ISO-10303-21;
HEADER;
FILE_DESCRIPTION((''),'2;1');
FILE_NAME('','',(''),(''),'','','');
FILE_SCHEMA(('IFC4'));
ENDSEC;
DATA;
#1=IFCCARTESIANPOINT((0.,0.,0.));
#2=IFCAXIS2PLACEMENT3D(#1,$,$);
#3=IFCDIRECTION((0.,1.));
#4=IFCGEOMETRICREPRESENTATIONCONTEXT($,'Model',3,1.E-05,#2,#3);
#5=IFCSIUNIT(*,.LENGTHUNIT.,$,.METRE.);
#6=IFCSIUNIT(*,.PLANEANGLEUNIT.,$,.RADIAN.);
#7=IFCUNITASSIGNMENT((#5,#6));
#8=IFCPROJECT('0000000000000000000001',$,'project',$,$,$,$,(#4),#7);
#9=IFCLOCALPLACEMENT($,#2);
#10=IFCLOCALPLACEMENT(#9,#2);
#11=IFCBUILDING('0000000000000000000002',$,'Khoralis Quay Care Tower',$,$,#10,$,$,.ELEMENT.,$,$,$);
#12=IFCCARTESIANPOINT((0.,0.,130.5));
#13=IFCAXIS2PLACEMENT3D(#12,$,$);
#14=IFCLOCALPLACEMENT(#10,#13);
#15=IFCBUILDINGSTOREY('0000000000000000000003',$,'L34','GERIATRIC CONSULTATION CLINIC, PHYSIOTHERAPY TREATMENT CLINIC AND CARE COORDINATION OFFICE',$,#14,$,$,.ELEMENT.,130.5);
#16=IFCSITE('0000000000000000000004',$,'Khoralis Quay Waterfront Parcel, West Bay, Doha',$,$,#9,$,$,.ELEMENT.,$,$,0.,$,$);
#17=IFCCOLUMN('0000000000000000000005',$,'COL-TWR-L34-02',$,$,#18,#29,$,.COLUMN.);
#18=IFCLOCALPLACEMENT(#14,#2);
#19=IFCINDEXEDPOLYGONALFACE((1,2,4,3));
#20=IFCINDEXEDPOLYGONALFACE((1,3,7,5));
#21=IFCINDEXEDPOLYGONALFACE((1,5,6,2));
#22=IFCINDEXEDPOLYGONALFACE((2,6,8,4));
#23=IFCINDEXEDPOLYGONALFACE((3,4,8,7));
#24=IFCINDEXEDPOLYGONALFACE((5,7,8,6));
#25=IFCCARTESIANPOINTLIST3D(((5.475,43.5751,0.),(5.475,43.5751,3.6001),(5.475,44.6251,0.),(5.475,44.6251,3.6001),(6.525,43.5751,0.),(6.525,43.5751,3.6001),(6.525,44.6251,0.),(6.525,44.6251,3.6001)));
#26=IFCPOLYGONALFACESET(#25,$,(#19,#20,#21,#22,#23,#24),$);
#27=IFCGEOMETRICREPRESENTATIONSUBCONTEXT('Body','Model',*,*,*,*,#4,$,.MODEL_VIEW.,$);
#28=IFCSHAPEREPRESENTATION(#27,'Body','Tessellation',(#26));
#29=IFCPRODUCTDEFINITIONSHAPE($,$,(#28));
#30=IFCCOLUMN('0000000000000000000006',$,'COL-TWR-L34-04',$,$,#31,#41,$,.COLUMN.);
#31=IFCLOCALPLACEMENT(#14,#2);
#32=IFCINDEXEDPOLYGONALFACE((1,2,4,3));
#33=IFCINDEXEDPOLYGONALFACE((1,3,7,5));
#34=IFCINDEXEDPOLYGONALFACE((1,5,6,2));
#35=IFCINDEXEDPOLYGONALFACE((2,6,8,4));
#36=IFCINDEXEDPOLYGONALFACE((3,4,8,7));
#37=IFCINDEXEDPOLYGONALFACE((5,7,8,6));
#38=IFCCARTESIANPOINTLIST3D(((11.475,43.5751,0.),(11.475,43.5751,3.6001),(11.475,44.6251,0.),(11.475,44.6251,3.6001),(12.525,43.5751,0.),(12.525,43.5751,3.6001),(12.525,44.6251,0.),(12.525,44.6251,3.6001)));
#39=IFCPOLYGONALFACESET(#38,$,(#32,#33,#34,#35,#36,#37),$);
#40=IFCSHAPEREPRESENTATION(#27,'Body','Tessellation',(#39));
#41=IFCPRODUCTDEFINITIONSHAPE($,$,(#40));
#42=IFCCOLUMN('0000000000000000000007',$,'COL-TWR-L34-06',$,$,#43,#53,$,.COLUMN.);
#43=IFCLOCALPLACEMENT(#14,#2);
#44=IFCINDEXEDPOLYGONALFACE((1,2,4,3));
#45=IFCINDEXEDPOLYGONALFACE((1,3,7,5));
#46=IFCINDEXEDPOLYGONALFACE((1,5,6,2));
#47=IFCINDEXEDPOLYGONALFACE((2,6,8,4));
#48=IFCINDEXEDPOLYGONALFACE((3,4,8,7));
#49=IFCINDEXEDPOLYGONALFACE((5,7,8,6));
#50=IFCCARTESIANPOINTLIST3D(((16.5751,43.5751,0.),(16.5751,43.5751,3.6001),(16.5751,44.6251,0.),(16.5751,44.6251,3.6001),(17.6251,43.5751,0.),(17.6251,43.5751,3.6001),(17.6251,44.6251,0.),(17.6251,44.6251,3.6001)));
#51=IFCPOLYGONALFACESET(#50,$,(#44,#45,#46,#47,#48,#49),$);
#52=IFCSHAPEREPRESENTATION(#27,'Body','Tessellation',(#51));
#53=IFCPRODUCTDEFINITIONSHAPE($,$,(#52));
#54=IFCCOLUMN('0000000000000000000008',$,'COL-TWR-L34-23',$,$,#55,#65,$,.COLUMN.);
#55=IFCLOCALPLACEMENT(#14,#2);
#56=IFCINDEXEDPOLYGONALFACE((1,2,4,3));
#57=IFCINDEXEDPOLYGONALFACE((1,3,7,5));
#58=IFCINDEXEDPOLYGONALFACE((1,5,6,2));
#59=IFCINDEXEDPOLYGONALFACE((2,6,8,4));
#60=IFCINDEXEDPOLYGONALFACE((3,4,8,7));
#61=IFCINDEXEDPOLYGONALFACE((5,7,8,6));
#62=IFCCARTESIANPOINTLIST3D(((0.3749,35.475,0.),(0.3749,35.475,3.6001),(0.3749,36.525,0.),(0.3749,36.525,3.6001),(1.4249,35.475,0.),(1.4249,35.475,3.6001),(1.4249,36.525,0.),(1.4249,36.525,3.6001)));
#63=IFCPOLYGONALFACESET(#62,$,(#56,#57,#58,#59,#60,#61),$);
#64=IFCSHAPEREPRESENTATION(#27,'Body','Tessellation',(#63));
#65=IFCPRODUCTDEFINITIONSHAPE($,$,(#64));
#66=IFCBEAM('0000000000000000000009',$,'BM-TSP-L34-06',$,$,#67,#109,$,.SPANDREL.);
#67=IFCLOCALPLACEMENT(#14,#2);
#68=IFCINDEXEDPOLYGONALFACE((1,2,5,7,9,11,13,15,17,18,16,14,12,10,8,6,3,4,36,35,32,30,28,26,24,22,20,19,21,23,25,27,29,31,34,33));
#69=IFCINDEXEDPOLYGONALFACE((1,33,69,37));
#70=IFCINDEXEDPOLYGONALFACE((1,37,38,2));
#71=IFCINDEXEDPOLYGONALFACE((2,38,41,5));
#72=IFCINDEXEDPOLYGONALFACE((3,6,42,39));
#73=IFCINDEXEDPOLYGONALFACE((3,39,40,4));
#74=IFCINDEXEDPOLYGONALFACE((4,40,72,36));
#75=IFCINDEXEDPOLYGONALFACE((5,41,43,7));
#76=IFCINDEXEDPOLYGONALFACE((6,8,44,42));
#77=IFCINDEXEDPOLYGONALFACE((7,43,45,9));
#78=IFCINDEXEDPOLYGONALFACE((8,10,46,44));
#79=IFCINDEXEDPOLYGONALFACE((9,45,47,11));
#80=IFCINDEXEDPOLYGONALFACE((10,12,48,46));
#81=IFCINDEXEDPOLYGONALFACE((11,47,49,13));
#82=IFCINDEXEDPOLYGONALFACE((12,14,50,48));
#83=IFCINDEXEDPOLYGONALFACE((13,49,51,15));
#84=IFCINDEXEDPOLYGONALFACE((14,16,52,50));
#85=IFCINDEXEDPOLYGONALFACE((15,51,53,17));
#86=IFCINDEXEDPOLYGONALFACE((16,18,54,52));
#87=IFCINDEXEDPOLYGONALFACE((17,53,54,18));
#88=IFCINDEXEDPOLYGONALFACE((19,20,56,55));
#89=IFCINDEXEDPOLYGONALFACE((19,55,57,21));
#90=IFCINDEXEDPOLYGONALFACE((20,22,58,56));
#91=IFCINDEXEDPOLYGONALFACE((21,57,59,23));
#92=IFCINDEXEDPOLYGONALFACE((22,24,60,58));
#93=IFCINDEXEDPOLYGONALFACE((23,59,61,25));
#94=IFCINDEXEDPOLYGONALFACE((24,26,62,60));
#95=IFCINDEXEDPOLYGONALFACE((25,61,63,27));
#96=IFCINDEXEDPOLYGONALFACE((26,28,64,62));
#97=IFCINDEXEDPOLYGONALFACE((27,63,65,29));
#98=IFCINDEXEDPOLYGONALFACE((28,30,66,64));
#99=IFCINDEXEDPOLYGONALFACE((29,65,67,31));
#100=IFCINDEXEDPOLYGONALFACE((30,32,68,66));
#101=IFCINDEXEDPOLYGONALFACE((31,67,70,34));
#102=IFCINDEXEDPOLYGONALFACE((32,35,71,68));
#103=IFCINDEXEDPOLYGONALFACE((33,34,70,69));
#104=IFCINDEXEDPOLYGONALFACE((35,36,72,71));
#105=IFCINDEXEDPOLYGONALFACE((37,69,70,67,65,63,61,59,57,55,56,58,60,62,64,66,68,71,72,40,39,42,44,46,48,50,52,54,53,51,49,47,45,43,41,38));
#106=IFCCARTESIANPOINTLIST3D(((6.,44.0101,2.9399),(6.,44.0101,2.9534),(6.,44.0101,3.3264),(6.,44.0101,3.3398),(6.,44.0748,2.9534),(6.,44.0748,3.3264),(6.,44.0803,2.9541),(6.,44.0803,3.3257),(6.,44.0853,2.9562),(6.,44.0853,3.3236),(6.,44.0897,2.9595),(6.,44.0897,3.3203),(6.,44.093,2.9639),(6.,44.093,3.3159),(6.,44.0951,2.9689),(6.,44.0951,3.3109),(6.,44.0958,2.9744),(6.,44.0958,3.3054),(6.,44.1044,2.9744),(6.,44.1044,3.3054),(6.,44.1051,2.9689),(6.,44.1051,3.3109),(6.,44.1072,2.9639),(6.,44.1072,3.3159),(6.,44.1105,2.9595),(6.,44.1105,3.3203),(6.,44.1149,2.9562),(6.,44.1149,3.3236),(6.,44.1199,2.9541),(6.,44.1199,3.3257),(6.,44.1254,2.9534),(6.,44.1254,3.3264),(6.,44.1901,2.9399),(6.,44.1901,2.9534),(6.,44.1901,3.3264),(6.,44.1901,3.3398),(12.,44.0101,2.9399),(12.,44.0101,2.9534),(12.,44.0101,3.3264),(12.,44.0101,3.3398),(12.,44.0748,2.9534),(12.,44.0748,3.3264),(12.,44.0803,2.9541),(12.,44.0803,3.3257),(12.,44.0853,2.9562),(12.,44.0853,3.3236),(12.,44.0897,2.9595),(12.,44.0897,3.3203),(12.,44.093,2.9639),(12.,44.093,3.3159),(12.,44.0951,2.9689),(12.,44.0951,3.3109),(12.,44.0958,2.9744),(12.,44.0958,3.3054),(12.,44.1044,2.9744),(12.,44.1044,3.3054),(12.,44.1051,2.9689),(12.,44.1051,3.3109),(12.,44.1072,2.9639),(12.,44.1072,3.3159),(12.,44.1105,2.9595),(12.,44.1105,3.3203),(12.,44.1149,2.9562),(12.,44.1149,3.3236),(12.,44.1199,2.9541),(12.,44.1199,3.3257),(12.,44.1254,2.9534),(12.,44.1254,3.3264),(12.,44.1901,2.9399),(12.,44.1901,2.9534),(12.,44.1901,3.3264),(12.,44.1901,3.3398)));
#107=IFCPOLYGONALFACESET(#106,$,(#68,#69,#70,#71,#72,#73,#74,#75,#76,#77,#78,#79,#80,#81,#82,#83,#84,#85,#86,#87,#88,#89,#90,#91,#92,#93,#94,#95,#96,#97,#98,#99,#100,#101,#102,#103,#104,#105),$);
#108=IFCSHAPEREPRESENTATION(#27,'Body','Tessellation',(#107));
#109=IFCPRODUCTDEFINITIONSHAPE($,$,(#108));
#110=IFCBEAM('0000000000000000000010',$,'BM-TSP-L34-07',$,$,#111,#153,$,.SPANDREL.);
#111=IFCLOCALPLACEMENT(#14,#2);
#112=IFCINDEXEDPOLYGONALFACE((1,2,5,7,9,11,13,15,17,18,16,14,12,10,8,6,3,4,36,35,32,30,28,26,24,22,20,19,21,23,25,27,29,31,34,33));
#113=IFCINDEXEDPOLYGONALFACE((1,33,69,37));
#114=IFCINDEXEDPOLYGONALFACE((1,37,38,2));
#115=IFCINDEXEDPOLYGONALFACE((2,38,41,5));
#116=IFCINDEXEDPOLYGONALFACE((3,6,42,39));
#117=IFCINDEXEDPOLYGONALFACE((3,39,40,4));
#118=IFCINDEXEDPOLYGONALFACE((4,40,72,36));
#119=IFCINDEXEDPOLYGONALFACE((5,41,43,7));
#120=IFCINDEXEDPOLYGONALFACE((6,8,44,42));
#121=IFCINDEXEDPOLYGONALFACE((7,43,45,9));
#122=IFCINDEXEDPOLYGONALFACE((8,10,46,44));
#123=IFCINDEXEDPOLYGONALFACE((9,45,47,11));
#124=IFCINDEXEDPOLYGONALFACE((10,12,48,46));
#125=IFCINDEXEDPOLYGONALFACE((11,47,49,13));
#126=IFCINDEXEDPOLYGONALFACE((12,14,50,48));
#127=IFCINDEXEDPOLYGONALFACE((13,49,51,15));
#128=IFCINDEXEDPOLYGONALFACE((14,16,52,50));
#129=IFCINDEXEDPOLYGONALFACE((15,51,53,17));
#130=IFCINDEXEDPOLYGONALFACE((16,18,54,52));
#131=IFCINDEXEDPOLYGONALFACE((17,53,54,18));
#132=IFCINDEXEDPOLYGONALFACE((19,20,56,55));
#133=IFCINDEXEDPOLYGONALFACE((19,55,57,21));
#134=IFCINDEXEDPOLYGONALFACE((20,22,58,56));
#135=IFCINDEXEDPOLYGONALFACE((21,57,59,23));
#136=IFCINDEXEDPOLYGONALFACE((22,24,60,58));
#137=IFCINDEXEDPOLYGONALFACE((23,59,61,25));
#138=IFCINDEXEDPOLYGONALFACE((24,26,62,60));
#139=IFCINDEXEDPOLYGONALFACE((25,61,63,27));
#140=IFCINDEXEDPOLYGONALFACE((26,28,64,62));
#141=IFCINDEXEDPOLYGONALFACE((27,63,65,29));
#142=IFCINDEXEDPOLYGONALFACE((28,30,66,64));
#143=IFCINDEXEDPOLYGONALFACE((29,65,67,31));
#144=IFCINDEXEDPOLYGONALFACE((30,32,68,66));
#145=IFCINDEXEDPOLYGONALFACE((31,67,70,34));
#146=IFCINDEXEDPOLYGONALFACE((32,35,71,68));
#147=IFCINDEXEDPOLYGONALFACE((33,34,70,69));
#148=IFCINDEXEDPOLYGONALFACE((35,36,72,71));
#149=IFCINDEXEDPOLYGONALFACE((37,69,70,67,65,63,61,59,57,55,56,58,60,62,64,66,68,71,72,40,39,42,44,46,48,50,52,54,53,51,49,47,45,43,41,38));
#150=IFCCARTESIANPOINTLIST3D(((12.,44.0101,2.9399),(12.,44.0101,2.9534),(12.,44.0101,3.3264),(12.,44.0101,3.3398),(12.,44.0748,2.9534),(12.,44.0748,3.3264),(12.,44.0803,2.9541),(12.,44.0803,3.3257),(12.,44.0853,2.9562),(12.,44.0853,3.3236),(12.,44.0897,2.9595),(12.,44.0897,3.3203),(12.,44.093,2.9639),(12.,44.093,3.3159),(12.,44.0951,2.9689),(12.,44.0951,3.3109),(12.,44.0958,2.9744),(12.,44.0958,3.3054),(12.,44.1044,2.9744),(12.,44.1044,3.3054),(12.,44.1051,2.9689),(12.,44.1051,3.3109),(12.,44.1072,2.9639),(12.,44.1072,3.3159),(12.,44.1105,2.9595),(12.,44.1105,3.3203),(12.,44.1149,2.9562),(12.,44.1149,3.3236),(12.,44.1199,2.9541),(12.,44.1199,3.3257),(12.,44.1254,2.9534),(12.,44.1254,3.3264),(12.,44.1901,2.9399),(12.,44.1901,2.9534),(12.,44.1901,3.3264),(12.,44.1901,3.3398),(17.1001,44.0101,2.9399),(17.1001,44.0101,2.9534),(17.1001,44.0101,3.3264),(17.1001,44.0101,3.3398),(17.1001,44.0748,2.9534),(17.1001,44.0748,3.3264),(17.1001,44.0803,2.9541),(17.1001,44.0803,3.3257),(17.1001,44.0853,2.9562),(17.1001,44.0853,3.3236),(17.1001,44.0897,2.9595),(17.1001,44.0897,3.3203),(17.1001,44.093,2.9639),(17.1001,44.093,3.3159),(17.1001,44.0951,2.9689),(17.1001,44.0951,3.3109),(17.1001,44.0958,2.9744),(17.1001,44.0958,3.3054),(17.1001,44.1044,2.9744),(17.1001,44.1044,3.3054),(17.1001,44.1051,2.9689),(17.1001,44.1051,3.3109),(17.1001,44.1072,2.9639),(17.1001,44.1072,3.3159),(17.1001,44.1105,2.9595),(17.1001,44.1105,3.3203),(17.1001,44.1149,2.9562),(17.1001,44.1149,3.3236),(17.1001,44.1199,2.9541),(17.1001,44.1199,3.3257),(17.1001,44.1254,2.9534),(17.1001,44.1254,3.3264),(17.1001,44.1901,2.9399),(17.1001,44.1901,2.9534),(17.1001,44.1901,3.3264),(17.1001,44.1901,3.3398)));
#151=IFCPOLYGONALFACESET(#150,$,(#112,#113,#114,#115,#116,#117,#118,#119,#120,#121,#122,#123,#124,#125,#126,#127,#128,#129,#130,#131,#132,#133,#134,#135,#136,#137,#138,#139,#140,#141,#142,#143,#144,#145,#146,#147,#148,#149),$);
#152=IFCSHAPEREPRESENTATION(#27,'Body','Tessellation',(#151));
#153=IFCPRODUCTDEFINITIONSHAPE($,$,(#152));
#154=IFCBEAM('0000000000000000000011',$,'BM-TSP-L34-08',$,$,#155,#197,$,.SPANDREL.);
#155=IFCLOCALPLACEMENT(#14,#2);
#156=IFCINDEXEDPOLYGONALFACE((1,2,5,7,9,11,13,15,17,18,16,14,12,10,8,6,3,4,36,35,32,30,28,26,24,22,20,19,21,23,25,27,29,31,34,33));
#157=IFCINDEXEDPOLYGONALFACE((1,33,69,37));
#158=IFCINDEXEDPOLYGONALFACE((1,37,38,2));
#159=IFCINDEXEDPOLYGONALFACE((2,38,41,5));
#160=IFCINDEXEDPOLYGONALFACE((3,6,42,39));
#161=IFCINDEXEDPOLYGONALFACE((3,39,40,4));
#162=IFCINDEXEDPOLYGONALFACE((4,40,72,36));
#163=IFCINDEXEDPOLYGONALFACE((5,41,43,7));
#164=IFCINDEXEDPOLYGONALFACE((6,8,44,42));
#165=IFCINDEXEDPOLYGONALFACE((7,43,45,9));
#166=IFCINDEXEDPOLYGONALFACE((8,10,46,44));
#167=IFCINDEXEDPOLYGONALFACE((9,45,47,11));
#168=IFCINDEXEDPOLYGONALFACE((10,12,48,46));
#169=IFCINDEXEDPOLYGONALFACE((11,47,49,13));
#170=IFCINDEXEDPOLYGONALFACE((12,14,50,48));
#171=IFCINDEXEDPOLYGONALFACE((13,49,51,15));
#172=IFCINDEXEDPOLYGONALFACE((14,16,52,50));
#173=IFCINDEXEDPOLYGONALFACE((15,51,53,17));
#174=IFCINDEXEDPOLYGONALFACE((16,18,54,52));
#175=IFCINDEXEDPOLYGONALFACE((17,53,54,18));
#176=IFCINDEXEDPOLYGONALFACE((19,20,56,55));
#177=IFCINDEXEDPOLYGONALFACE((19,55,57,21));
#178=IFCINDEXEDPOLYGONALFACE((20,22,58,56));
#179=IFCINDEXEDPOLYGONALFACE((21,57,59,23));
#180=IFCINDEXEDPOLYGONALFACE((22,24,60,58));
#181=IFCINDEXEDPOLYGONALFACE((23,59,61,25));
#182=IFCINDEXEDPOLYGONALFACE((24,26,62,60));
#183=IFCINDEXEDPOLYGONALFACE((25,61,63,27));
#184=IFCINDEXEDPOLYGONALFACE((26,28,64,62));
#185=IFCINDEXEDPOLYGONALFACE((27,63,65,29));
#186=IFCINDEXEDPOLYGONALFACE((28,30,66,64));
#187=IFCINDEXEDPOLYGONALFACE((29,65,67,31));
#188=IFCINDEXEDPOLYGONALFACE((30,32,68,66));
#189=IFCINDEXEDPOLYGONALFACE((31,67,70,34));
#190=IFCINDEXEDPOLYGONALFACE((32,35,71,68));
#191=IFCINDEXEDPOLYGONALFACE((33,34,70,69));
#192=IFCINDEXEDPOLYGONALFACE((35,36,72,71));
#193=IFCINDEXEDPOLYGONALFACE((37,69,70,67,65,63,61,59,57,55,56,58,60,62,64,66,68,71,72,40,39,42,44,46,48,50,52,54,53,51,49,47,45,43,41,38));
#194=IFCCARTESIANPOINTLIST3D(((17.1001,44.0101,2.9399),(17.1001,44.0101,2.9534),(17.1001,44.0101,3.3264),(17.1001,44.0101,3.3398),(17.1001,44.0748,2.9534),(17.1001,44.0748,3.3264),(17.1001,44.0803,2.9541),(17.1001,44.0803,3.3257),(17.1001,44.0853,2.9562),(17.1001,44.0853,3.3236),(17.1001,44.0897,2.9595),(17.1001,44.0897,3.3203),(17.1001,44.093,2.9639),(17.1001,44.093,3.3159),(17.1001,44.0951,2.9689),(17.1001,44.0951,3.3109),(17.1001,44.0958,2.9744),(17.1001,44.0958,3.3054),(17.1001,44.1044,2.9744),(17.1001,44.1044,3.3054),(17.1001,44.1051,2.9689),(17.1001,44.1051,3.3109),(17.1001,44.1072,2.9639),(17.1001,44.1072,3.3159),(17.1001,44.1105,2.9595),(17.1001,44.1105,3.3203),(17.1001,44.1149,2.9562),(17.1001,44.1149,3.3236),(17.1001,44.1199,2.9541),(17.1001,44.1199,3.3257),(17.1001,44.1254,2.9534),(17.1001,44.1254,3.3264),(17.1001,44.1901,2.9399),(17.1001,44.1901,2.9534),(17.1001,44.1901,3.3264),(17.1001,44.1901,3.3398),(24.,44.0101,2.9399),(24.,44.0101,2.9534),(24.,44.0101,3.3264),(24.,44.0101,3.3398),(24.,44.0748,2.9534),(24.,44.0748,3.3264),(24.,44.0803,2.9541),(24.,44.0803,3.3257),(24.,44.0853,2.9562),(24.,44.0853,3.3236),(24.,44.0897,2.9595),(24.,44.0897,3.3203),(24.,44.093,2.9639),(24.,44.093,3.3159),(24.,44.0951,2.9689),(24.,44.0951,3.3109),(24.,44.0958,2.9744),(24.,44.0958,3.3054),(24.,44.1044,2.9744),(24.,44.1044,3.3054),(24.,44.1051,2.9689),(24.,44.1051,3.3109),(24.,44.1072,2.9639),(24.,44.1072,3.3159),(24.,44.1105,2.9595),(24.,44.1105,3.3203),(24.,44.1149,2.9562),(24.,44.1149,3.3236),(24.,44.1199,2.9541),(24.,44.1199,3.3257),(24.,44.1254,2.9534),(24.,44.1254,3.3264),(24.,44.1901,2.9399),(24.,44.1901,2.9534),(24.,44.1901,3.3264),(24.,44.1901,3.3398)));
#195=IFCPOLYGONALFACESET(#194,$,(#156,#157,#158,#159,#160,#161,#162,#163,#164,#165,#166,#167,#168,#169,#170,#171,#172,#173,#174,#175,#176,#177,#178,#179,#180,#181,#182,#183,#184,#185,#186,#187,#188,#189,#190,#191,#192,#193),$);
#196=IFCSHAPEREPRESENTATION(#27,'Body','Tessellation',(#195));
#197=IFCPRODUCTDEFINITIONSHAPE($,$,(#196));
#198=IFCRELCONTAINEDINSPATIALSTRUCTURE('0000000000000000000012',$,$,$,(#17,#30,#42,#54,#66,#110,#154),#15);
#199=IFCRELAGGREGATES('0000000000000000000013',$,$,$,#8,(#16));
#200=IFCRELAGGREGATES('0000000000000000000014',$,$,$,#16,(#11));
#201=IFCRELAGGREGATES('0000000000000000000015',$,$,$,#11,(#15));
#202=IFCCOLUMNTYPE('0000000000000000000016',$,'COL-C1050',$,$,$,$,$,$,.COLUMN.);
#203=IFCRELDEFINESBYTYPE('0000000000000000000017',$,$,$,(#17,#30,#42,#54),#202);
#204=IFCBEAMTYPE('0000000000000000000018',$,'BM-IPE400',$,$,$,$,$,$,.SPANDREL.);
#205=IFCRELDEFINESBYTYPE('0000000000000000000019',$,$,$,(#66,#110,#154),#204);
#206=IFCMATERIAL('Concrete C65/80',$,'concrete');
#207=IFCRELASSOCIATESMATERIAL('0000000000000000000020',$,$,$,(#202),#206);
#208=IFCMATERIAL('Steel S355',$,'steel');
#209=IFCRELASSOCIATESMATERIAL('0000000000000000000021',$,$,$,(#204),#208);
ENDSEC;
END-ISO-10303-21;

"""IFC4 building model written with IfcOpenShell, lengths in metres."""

from ifc_helpers import new_model, si_unit, direction, frame, origin, origin_2d, place, context, subcontext, project, spatial, rectangle, i_section, extrude, source, transform, mapped, material, material_profile, profile_set, type_object, element, save


model = new_model("IFC4")

# Units and contexts
model_context = context("Model", 3, precision=1e-05, world=origin(), true_north=direction((0.0, 1.0)))
body_context = subcontext(model_context, "Body", "Model", "MODEL_VIEW")
ifc_project = project(units=[si_unit("LENGTHUNIT", "METRE"), si_unit("PLANEANGLEUNIT", "RADIAN")], contexts=[model_context])

# Site, building, storey
site_placement = place(None, origin())
site = spatial("IfcSite", under=ifc_project, at=site_placement, Name="Khoralis Quay Waterfront Parcel, West Bay, Doha", CompositionType="ELEMENT", RefElevation=0.0)
building_placement = place(site_placement, origin())
building = spatial("IfcBuilding", under=site, at=building_placement, Name="Khoralis Quay Care Tower", CompositionType="ELEMENT")
storey_placement = place(building_placement, frame((0.0, 0.0, 130.5)))
storey = spatial("IfcBuildingStorey", under=building, at=storey_placement, Name="L34", Description="GERIATRIC CONSULTATION CLINIC, PHYSIOTHERAPY TREATMENT CLINIC AND CARE COORDINATION OFFICE", CompositionType="ELEMENT", Elevation=130.5)

# Columns
ifc_material_1 = material(Name="Concrete C65/80", Category="concrete")
ifc_material_profile_1 = material_profile(ifc_material_1, rectangle(XDim=1.05, YDim=1.05, at=origin_2d()), Name="Concrete C65/80")
ifc_profile_set_1 = profile_set([ifc_material_profile_1], Name="Concrete C65/80")
column_type = type_object("IfcColumnType", Name="COL-C1050", PredefinedType="COLUMN", material=ifc_profile_set_1)
shared_shape_1 = source(origin(), body_context, "Body", "SweptSolid", [
    extrude(rectangle(XDim=1.05, YDim=1.05, at=origin_2d()), origin(), (0.0, 0.0, 1.0), 3.6001),
])
for number, where, z_axis, x_axis, name in (
    (1, (6.0, 44.1001, 0.0), (0.0, 0.0, 1.0), (1.0, 0.0, 0.0), "COL-TWR-L34-02"),
    (2, (12.0, 44.1001, 0.0), (0.0, 0.0, 1.0), (1.0, 0.0, 0.0), "COL-TWR-L34-04"),
    (3, (17.1001, 44.1001, 0.0), (0.0, 0.0, 1.0), (1.0, 0.0, 0.0), "COL-TWR-L34-06"),
    (4, (0.8999, 36.0, 0.0), (0.0, 0.0, 1.0), (1.0, 0.0, 0.0), "COL-TWR-L34-23"),
):
    element("IfcColumn", number, at=place(storey_placement, frame(where, z_axis=z_axis, x_axis=x_axis)), inside=storey, type_object=column_type, Name=name, PredefinedType="COLUMN", context=body_context, shape_type="MappedRepresentation", body=[
        mapped(shared_shape_1, transform((0.0, 0.0, 0.0), scale=1.0)),
    ])

# Beams
ifc_material_2 = material(Name="Steel S355", Category="steel")
ifc_material_profile_2 = material_profile(ifc_material_2, i_section(OverallWidth=0.1799, OverallDepth=0.3999, WebThickness=0.0085, FlangeThickness=0.0134, FilletRadius=0.021, at=origin_2d()), Name="Steel S355")
ifc_profile_set_2 = profile_set([ifc_material_profile_2], Name="Steel S355")
beam_type_1 = type_object("IfcBeamType", Name="BM-IPE400", PredefinedType="SPANDREL", material=ifc_profile_set_2)
shared_shape_2 = source(origin(), body_context, "Body", "SweptSolid", [
    extrude(i_section(OverallWidth=0.1799, OverallDepth=0.3999, WebThickness=0.0085, FlangeThickness=0.0134, FilletRadius=0.021, at=origin_2d()), origin(), (0.0, 0.0, 1.0), 6.0),
])
beam_1_placement = place(storey_placement, frame((6.0, 44.1001, 3.1399), z_axis=(1.0, 0.0, 0.0), x_axis=(0.0, 1.0, 0.0)))
element("IfcBeam", 5, at=beam_1_placement, inside=storey, type_object=beam_type_1, Name="BM-TSP-L34-06", PredefinedType="SPANDREL", context=body_context, shape_type="MappedRepresentation", body=[
    mapped(shared_shape_2, transform((0.0, 0.0, 0.0), scale=1.0)),
])
shared_shape_3 = source(origin(), body_context, "Body", "SweptSolid", [
    extrude(i_section(OverallWidth=0.1799, OverallDepth=0.3999, WebThickness=0.0085, FlangeThickness=0.0134, FilletRadius=0.021, at=origin_2d()), origin(), (0.0, 0.0, 1.0), 5.1001),
])
beam_2_placement = place(storey_placement, frame((12.0, 44.1001, 3.1399), z_axis=(1.0, 0.0, 0.0), x_axis=(0.0, 1.0, 0.0)))
element("IfcBeam", 6, at=beam_2_placement, inside=storey, type_object=beam_type_1, Name="BM-TSP-L34-07", PredefinedType="SPANDREL", context=body_context, shape_type="MappedRepresentation", body=[
    mapped(shared_shape_3, transform((0.0, 0.0, 0.0), scale=1.0)),
])
shared_shape_4 = source(origin(), body_context, "Body", "SweptSolid", [
    extrude(i_section(OverallWidth=0.1799, OverallDepth=0.3999, WebThickness=0.0085, FlangeThickness=0.0134, FilletRadius=0.021, at=origin_2d()), origin(), (0.0, 0.0, 1.0), 6.8999),
])
beam_3_placement = place(storey_placement, frame((17.1001, 44.1001, 3.1399), z_axis=(1.0, 0.0, 0.0), x_axis=(0.0, 1.0, 0.0)))
element("IfcBeam", 7, at=beam_3_placement, inside=storey, type_object=beam_type_1, Name="BM-TSP-L34-08", PredefinedType="SPANDREL", context=body_context, shape_type="MappedRepresentation", body=[
    mapped(shared_shape_4, transform((0.0, 0.0, 0.0), scale=1.0)),
])

save(model, "model.ifc")
